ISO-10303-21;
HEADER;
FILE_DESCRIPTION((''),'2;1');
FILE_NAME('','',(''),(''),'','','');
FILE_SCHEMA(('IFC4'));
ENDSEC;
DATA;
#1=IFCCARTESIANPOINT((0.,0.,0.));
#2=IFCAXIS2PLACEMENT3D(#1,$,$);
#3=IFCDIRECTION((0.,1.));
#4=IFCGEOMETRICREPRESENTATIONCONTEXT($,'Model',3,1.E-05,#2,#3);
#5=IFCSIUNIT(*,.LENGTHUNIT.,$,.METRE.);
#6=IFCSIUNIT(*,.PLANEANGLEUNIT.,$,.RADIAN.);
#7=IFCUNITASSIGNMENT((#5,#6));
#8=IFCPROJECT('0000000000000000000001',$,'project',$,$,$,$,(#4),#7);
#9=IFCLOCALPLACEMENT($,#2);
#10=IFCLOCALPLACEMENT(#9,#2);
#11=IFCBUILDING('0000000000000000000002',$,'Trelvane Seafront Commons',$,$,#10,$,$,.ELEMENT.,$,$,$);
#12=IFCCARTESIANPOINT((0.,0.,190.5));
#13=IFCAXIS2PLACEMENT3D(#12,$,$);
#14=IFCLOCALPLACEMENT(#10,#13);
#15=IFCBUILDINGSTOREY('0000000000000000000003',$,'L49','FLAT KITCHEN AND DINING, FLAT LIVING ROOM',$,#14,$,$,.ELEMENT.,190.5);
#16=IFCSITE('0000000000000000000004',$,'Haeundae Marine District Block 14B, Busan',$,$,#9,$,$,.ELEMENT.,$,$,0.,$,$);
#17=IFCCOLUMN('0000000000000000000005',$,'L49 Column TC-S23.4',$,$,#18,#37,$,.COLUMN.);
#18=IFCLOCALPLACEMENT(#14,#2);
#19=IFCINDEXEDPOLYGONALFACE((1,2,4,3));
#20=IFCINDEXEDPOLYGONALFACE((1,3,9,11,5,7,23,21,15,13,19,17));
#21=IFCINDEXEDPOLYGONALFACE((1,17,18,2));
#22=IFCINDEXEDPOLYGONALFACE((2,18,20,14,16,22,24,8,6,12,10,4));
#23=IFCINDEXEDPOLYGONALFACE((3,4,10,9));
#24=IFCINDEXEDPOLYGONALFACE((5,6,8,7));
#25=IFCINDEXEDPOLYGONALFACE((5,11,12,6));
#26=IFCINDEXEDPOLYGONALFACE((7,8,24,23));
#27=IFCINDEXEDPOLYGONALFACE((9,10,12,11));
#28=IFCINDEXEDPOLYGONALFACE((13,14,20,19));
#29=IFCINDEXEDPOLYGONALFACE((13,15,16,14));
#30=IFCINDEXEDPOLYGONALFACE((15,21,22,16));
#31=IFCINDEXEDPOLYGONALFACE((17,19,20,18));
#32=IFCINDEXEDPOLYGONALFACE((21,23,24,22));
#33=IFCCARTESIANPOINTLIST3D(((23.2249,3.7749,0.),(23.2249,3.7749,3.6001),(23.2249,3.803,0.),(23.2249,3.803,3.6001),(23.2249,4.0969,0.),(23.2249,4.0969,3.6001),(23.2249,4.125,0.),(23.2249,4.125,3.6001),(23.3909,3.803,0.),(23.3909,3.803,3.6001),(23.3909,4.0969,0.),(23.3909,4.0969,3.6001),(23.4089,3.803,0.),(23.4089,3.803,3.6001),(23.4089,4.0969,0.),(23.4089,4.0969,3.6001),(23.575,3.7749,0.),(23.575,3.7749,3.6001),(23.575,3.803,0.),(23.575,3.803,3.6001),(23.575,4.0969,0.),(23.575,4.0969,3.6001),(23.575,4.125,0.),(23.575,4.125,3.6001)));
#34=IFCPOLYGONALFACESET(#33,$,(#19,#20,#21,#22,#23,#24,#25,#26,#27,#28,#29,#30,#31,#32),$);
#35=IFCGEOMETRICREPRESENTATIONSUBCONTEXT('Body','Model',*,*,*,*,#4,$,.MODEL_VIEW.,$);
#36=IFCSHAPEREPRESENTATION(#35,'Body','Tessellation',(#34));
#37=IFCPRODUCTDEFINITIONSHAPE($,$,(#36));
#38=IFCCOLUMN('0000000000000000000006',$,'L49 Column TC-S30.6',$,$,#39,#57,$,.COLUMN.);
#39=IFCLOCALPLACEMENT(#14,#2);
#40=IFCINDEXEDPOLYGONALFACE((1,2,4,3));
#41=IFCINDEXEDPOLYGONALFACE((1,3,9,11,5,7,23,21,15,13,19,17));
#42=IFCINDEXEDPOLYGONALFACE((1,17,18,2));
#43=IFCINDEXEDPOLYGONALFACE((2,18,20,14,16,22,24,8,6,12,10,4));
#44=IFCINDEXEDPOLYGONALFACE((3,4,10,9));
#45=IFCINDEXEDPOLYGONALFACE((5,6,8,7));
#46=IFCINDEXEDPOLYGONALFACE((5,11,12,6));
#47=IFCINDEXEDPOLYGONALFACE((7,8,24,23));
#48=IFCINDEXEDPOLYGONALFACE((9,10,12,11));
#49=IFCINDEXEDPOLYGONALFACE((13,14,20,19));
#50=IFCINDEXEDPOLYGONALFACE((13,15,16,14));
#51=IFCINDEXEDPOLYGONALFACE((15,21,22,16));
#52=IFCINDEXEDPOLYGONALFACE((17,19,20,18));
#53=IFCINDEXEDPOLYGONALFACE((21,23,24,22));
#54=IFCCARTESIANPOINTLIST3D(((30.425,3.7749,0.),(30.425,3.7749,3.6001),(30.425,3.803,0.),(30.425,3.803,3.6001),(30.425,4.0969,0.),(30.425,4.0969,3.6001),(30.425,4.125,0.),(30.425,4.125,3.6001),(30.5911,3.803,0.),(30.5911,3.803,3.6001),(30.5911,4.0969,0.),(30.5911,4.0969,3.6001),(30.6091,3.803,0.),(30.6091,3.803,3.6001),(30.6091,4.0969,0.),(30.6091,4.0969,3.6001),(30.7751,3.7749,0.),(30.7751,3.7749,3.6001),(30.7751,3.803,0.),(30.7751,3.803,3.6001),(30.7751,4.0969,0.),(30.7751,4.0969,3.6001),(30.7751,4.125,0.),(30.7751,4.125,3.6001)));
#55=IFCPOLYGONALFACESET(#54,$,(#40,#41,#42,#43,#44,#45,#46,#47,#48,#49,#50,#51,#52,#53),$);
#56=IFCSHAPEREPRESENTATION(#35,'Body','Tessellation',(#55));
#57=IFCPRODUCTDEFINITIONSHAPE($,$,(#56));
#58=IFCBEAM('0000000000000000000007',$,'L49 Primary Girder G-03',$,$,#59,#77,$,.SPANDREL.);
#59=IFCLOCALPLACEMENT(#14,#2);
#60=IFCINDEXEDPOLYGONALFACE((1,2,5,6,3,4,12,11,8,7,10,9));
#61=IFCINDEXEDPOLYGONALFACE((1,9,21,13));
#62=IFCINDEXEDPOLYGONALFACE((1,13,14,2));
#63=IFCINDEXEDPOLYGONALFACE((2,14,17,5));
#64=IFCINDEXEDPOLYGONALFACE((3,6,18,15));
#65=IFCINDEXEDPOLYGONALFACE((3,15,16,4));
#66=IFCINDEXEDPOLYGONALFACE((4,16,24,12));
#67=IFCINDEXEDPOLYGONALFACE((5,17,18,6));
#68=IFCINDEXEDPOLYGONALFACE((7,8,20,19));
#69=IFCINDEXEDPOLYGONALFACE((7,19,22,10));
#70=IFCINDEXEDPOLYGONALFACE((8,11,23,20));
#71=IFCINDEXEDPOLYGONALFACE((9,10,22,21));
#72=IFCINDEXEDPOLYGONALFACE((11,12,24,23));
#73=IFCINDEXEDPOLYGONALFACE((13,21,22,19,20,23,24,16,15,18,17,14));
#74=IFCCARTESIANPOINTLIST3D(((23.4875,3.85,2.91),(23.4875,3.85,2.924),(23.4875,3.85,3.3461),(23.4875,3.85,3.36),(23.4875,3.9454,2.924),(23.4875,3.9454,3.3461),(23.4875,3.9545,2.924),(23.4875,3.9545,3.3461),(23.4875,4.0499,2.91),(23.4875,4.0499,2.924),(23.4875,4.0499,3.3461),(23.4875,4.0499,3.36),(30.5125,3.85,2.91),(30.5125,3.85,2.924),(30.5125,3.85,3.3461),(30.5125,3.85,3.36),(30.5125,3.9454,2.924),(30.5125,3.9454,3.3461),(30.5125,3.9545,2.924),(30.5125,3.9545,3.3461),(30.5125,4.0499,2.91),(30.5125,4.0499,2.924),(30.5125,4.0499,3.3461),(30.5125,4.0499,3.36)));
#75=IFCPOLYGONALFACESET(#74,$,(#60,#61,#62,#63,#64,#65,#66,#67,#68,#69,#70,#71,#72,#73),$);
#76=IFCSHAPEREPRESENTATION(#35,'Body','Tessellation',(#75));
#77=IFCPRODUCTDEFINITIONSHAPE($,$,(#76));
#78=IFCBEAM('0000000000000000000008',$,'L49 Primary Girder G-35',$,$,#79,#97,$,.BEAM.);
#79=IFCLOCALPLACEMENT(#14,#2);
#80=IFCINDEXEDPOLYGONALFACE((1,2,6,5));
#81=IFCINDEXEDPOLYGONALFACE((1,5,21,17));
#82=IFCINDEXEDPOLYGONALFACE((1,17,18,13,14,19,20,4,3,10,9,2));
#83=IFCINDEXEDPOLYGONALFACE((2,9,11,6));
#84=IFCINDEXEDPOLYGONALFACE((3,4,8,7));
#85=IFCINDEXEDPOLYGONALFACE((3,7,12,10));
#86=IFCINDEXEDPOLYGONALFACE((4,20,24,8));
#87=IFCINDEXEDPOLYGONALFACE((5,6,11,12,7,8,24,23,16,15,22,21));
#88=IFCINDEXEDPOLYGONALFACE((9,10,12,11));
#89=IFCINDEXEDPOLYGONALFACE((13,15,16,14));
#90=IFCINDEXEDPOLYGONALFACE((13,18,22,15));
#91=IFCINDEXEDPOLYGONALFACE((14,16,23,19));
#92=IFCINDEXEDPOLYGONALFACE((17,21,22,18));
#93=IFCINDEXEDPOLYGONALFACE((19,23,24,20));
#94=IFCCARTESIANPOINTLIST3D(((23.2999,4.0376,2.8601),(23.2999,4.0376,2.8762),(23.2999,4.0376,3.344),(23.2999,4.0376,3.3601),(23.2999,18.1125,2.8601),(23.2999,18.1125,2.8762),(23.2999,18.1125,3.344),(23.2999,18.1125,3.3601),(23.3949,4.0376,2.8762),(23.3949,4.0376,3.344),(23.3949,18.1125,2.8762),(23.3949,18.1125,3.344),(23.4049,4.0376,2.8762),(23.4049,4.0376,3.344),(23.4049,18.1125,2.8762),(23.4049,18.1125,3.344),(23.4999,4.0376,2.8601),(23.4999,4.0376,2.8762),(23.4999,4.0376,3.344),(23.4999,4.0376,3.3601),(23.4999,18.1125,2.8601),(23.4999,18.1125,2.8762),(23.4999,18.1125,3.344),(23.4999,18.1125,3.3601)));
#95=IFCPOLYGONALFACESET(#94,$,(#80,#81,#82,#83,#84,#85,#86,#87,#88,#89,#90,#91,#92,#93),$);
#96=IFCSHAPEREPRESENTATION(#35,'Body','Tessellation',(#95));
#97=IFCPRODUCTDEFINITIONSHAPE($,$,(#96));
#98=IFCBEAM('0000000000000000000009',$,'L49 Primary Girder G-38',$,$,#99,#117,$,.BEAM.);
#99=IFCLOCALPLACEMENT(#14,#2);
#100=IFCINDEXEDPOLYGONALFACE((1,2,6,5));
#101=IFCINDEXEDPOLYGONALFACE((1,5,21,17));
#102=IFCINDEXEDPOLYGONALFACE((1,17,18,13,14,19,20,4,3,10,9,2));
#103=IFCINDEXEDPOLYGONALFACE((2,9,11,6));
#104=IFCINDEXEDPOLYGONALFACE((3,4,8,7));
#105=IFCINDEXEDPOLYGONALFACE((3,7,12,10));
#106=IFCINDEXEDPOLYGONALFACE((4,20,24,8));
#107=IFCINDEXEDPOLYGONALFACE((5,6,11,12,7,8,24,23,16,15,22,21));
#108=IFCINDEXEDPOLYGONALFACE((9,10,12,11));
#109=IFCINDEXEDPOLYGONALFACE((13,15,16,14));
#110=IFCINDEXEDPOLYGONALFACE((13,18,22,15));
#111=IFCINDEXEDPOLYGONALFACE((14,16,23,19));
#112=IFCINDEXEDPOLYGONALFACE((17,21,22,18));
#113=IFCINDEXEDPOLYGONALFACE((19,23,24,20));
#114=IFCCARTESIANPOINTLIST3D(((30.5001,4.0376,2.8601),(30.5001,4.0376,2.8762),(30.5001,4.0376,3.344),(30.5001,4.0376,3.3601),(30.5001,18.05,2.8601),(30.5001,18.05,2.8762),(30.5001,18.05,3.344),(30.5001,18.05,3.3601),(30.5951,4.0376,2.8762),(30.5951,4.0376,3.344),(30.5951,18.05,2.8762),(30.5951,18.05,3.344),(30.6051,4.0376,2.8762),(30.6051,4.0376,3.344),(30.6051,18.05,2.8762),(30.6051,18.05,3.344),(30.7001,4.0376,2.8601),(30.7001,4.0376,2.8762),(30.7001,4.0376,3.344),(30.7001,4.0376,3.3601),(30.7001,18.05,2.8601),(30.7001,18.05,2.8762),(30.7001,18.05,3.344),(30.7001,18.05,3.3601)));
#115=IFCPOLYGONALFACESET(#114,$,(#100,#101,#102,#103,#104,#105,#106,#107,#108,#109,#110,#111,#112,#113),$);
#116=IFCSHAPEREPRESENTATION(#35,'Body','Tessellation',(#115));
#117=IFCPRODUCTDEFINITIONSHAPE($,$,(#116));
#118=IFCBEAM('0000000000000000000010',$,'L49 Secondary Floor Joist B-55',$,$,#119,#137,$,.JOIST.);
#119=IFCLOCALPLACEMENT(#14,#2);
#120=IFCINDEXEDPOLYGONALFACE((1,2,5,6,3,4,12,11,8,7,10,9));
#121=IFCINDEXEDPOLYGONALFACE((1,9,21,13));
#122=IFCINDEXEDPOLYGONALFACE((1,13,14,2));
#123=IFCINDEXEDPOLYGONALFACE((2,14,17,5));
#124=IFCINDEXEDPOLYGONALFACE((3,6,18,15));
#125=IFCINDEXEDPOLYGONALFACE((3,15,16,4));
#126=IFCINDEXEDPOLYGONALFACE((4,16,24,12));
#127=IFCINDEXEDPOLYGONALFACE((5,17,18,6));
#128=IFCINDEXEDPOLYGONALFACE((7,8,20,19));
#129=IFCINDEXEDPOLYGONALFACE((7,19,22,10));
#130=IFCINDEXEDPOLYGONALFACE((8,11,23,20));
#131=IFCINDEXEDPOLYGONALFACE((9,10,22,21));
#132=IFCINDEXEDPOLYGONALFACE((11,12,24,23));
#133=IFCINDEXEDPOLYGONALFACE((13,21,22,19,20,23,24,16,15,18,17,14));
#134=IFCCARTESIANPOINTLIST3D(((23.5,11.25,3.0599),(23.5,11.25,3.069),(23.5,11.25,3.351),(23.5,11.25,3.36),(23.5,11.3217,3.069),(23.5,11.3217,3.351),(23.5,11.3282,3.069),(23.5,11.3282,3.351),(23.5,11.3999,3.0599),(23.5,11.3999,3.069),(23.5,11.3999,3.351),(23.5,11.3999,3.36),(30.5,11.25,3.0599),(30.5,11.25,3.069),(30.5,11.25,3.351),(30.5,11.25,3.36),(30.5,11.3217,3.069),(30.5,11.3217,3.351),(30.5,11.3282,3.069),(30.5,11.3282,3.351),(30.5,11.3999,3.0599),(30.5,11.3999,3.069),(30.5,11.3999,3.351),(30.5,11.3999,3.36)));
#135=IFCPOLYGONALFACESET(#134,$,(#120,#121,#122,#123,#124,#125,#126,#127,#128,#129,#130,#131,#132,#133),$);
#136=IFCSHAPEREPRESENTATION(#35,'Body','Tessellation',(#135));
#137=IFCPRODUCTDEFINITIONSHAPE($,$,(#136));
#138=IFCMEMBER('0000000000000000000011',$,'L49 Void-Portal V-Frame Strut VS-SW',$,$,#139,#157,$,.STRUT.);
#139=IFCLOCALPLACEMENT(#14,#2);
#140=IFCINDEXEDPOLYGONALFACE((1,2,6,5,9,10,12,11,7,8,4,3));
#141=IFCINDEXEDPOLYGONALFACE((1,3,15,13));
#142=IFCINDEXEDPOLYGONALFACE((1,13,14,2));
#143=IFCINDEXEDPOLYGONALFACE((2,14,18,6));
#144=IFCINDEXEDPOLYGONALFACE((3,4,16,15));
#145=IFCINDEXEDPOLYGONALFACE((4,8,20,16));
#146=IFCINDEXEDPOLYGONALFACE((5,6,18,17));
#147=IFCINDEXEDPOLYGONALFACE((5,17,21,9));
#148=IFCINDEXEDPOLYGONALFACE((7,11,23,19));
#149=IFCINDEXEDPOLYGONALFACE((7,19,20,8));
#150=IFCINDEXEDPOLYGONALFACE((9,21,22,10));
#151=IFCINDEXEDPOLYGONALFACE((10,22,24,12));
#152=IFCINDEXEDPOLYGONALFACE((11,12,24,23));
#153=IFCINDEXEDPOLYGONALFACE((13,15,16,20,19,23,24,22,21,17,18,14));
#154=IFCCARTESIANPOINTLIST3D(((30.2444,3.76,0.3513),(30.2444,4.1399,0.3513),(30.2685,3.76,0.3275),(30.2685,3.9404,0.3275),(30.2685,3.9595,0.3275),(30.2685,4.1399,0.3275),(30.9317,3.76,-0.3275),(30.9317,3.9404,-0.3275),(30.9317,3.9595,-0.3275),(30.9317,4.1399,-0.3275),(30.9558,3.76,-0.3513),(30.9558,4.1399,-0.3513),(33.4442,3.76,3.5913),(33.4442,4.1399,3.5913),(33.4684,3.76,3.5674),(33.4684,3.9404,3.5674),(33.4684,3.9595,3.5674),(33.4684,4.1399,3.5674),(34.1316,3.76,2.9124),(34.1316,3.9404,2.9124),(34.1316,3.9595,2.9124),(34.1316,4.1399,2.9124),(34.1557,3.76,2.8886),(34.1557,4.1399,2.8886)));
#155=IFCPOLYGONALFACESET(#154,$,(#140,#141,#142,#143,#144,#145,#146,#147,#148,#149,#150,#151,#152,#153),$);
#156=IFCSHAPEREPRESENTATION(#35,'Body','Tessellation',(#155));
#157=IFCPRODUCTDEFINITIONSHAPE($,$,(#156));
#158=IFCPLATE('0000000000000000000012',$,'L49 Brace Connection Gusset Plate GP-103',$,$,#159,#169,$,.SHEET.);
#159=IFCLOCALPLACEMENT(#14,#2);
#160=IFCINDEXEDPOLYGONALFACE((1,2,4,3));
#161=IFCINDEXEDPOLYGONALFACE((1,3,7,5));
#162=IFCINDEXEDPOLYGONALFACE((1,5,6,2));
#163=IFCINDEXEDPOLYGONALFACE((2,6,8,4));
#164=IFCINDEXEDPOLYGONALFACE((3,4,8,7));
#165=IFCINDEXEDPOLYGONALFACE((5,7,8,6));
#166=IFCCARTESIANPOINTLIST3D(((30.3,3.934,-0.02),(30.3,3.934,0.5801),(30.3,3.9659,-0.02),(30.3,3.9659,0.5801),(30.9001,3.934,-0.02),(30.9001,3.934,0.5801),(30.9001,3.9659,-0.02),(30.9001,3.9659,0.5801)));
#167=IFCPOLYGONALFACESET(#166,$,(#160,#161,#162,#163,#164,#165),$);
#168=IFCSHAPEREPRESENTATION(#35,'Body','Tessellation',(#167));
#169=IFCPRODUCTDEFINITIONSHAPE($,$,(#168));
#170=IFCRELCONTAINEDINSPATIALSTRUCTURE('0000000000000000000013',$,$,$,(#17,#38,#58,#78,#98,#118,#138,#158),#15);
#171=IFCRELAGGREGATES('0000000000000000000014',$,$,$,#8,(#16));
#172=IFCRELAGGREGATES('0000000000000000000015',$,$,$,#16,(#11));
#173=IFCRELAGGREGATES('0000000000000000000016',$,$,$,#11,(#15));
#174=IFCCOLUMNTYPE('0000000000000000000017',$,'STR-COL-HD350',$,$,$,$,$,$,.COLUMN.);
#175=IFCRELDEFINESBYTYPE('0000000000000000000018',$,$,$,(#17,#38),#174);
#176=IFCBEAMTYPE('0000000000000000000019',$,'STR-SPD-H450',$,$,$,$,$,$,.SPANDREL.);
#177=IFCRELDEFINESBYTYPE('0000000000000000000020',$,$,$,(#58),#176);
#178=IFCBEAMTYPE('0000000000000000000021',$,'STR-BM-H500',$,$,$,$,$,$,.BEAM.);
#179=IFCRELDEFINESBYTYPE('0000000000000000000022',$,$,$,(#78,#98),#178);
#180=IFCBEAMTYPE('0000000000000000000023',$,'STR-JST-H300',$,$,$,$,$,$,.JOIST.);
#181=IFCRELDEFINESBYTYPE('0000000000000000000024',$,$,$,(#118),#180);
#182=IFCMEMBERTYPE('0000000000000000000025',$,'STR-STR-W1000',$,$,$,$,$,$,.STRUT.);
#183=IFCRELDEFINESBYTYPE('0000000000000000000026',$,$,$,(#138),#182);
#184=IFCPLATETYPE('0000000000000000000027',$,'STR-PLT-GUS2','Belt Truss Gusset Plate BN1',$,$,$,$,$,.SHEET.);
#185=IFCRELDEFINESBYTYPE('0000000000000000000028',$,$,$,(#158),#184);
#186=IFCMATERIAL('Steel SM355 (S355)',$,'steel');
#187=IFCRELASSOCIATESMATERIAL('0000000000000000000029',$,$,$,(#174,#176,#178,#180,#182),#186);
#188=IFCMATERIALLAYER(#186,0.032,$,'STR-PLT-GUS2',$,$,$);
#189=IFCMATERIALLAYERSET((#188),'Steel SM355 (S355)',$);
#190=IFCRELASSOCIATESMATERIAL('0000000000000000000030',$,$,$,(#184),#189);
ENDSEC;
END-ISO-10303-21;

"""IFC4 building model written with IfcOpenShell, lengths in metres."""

from ifc_helpers import new_model, si_unit, direction, frame, origin, origin_2d, place, context, subcontext, project, spatial, rectangle, i_section, extrude, source, transform, mapped, material, layer, layer_set, material_profile, profile_set, type_object, element, save


model = new_model("IFC4")

# Units and contexts
model_context = context("Model", 3, precision=1e-05, world=origin(), true_north=direction((0.0, 1.0)))
body_context = subcontext(model_context, "Body", "Model", "MODEL_VIEW")
ifc_project = project(units=[si_unit("LENGTHUNIT", "METRE"), si_unit("PLANEANGLEUNIT", "RADIAN")], contexts=[model_context])

# Site, building, storey
site_placement = place(None, origin())
site = spatial("IfcSite", under=ifc_project, at=site_placement, Name="Haeundae Marine District Block 14B, Busan", CompositionType="ELEMENT", RefElevation=0.0)
building_placement = place(site_placement, origin())
building = spatial("IfcBuilding", under=site, at=building_placement, Name="Trelvane Seafront Commons", CompositionType="ELEMENT")
storey_placement = place(building_placement, frame((0.0, 0.0, 190.5)))
storey = spatial("IfcBuildingStorey", under=building, at=storey_placement, Name="L49", Description="FLAT KITCHEN AND DINING, FLAT LIVING ROOM", CompositionType="ELEMENT", Elevation=190.5)

# Columns
ifc_material_1 = material(Name="Steel SM355 (S355)", Category="steel")
ifc_material_profile_1 = material_profile(ifc_material_1, i_section(OverallWidth=0.3501, OverallDepth=0.3501, WebThickness=0.0181, FlangeThickness=0.0281, at=origin_2d()), Name="HD-350x350x18x28")
ifc_profile_set_1 = profile_set([ifc_material_profile_1], Name="Steel SM355 (S355)")
column_type = type_object("IfcColumnType", Name="STR-COL-HD350", PredefinedType="COLUMN", material=ifc_profile_set_1)
shared_shape_1 = source(origin(), body_context, "Body", "SweptSolid", [
    extrude(i_section(OverallWidth=0.3501, OverallDepth=0.3501, WebThickness=0.0181, FlangeThickness=0.0281, at=origin_2d()), origin(), (0.0, 0.0, 1.0), 3.6001),
])
for number, where, z_axis, x_axis, name in (
    (1, (23.3999, 3.95, 0.0), (0.0, 0.0, 1.0), (1.0, 0.0, 0.0), "L49 Column TC-S23.4"),
    (2, (30.6001, 3.95, 0.0), (0.0, 0.0, 1.0), (1.0, 0.0, 0.0), "L49 Column TC-S30.6"),
):
    element("IfcColumn", number, at=place(storey_placement, frame(where, z_axis=z_axis, x_axis=x_axis)), inside=storey, type_object=column_type, Name=name, PredefinedType="COLUMN", context=body_context, shape_type="MappedRepresentation", body=[
        mapped(shared_shape_1, transform((0.0, 0.0, 0.0), x_axis=(1.0, 0.0, 0.0), y_axis=(0.0, 1.0, 0.0), z_axis=(0.0, 0.0, 1.0), scale=1.0)),
    ])

# Beams
ifc_material_profile_2 = material_profile(ifc_material_1, i_section(OverallWidth=0.2, OverallDepth=0.45, WebThickness=0.009, FlangeThickness=0.0139, at=origin_2d()), Name="H-450x200x9x14")
ifc_profile_set_2 = profile_set([ifc_material_profile_2], Name="Steel SM355 (S355)")
beam_type_1 = type_object("IfcBeamType", Name="STR-SPD-H450", PredefinedType="SPANDREL", material=ifc_profile_set_2)
shared_shape_2 = source(origin(), body_context, "Body", "SweptSolid", [
    extrude(i_section(OverallWidth=0.2, OverallDepth=0.45, WebThickness=0.009, FlangeThickness=0.0139, at=origin_2d()), origin(), (0.0, 0.0, 1.0), 7.0249),
])
beam_1_placement = place(storey_placement, frame((23.4875, 3.95, 3.135), z_axis=(1.0, 0.0, 0.0), x_axis=(0.0, 1.0, 0.0)))
element("IfcBeam", 3, at=beam_1_placement, inside=storey, type_object=beam_type_1, Name="L49 Primary Girder G-03", PredefinedType="SPANDREL", context=body_context, shape_type="MappedRepresentation", body=[
    mapped(shared_shape_2, transform((0.0, 0.0, 0.0), x_axis=(1.0, 0.0, 0.0), y_axis=(0.0, 1.0, 0.0), z_axis=(0.0, 0.0, 1.0), scale=1.0)),
])
ifc_material_profile_3 = material_profile(ifc_material_1, i_section(OverallWidth=0.2, OverallDepth=0.5, WebThickness=0.01, FlangeThickness=0.0161, at=origin_2d()), Name="H-500x200x10x16")
ifc_profile_set_3 = profile_set([ifc_material_profile_3], Name="Steel SM355 (S355)")
beam_type_2 = type_object("IfcBeamType", Name="STR-BM-H500", PredefinedType="BEAM", material=ifc_profile_set_3)
shared_shape_3 = source(origin(), body_context, "Body", "SweptSolid", [
    extrude(i_section(OverallWidth=0.2, OverallDepth=0.5, WebThickness=0.01, FlangeThickness=0.0161, at=origin_2d()), origin(), (0.0, 0.0, 1.0), 14.075),
])
beam_2_placement = place(storey_placement, frame((23.3999, 4.0376, 3.1101), z_axis=(0.0, 1.0, 0.0), x_axis=(-1.0, 0.0, 0.0)))
element("IfcBeam", 4, at=beam_2_placement, inside=storey, type_object=beam_type_2, Name="L49 Primary Girder G-35", PredefinedType="BEAM", context=body_context, shape_type="MappedRepresentation", body=[
    mapped(shared_shape_3, transform((0.0, 0.0, 0.0), x_axis=(1.0, 0.0, 0.0), y_axis=(0.0, 1.0, 0.0), z_axis=(0.0, 0.0, 1.0), scale=1.0)),
])
shared_shape_4 = source(origin(), body_context, "Body", "SweptSolid", [
    extrude(i_section(OverallWidth=0.2, OverallDepth=0.5, WebThickness=0.01, FlangeThickness=0.0161, at=origin_2d()), origin(), (0.0, 0.0, 1.0), 14.0125),
])
beam_3_placement = place(storey_placement, frame((30.6001, 4.0376, 3.1101), z_axis=(0.0, 1.0, 0.0), x_axis=(-1.0, 0.0, 0.0)))
element("IfcBeam", 5, at=beam_3_placement, inside=storey, type_object=beam_type_2, Name="L49 Primary Girder G-38", PredefinedType="BEAM", context=body_context, shape_type="MappedRepresentation", body=[
    mapped(shared_shape_4, transform((0.0, 0.0, 0.0), x_axis=(1.0, 0.0, 0.0), y_axis=(0.0, 1.0, 0.0), z_axis=(0.0, 0.0, 1.0), scale=1.0)),
])
ifc_material_profile_4 = material_profile(ifc_material_1, i_section(OverallWidth=0.1499, OverallDepth=0.3, WebThickness=0.0066, FlangeThickness=0.009, at=origin_2d()), Name="H-300x150x6.5x9")
ifc_profile_set_4 = profile_set([ifc_material_profile_4], Name="Steel SM355 (S355)")
beam_type_3 = type_object("IfcBeamType", Name="STR-JST-H300", PredefinedType="JOIST", material=ifc_profile_set_4)
shared_shape_5 = source(origin(), body_context, "Body", "SweptSolid", [
    extrude(i_section(OverallWidth=0.1499, OverallDepth=0.3, WebThickness=0.0066, FlangeThickness=0.009, at=origin_2d()), origin(), (0.0, 0.0, 1.0), 7.0),
])
beam_4_placement = place(storey_placement, frame((23.5, 11.325, 3.21), z_axis=(1.0, 0.0, 0.0), x_axis=(0.0, 1.0, 0.0)))
element("IfcBeam", 6, at=beam_4_placement, inside=storey, type_object=beam_type_3, Name="L49 Secondary Floor Joist B-55", PredefinedType="JOIST", context=body_context, shape_type="MappedRepresentation", body=[
    mapped(shared_shape_5, transform((0.0, 0.0, 0.0), x_axis=(1.0, 0.0, 0.0), y_axis=(0.0, 1.0, 0.0), z_axis=(0.0, 0.0, 1.0), scale=1.0)),
])

# Member
ifc_material_profile_5 = material_profile(ifc_material_1, i_section(OverallWidth=0.3799, OverallDepth=1.0, WebThickness=0.019, FlangeThickness=0.0339, at=origin_2d()), Name="W-1000x380x19x34")
ifc_profile_set_5 = profile_set([ifc_material_profile_5], Name="Steel SM355 (S355)")
member_type = type_object("IfcMemberType", Name="STR-STR-W1000", PredefinedType="STRUT", material=ifc_profile_set_5)
shared_shape_6 = source(origin(), body_context, "Body", "SweptSolid", [
    extrude(i_section(OverallWidth=0.3799, OverallDepth=1.0, WebThickness=0.019, FlangeThickness=0.0339, at=origin_2d()), origin(), (0.0, 0.0, 1.0), 4.5537),
])
member_placement = place(storey_placement, frame((30.6001, 3.95, 0.0), z_axis=(0.702697, 0.0, 0.711489), x_axis=(0.0, 1.0, 0.0)))
element("IfcMember", 7, at=member_placement, inside=storey, type_object=member_type, Name="L49 Void-Portal V-Frame Strut VS-SW", PredefinedType="STRUT", context=body_context, shape_type="MappedRepresentation", body=[
    mapped(shared_shape_6, transform((0.0, 0.0, 0.0), x_axis=(1.0, 0.0, 0.0), y_axis=(0.0, 1.0, 0.0), z_axis=(0.0, 0.0, 1.0), scale=1.0)),
])

# Plate
ifc_layer_1 = layer(ifc_material_1, 0.032, Name="STR-PLT-GUS2")
ifc_layer_set_1 = layer_set([ifc_layer_1], Name="Steel SM355 (S355)")
plate_type_1 = type_object("IfcPlateType", Name="STR-PLT-GUS2", Description="Belt Truss Gusset Plate BN1", PredefinedType="SHEET", material=ifc_layer_set_1)
shared_shape_7 = source(origin(), body_context, "Body", "SweptSolid", [
    extrude(rectangle(XDim=0.6001, YDim=0.032, at=origin_2d()), origin(), (0.0, 0.0, 1.0), 0.6001),
])
for number, where, z_axis, x_axis, name in (
    (8, (30.6001, 3.95, -0.02), (0.0, 0.0, 1.0), (1.0, 0.0, 0.0), "L49 Brace Connection Gusset Plate GP-103"),
):
    element("IfcPlate", number, at=place(storey_placement, frame(where, z_axis=z_axis, x_axis=x_axis)), inside=storey, type_object=plate_type_1, Name=name, PredefinedType="SHEET", context=body_context, shape_type="MappedRepresentation", body=[
        mapped(shared_shape_7, transform((0.0, 0.0, 0.0), x_axis=(1.0, 0.0, 0.0), y_axis=(0.0, 1.0, 0.0), z_axis=(0.0, 0.0, 1.0), scale=1.0)),
    ])

save(model, "model.ifc")
